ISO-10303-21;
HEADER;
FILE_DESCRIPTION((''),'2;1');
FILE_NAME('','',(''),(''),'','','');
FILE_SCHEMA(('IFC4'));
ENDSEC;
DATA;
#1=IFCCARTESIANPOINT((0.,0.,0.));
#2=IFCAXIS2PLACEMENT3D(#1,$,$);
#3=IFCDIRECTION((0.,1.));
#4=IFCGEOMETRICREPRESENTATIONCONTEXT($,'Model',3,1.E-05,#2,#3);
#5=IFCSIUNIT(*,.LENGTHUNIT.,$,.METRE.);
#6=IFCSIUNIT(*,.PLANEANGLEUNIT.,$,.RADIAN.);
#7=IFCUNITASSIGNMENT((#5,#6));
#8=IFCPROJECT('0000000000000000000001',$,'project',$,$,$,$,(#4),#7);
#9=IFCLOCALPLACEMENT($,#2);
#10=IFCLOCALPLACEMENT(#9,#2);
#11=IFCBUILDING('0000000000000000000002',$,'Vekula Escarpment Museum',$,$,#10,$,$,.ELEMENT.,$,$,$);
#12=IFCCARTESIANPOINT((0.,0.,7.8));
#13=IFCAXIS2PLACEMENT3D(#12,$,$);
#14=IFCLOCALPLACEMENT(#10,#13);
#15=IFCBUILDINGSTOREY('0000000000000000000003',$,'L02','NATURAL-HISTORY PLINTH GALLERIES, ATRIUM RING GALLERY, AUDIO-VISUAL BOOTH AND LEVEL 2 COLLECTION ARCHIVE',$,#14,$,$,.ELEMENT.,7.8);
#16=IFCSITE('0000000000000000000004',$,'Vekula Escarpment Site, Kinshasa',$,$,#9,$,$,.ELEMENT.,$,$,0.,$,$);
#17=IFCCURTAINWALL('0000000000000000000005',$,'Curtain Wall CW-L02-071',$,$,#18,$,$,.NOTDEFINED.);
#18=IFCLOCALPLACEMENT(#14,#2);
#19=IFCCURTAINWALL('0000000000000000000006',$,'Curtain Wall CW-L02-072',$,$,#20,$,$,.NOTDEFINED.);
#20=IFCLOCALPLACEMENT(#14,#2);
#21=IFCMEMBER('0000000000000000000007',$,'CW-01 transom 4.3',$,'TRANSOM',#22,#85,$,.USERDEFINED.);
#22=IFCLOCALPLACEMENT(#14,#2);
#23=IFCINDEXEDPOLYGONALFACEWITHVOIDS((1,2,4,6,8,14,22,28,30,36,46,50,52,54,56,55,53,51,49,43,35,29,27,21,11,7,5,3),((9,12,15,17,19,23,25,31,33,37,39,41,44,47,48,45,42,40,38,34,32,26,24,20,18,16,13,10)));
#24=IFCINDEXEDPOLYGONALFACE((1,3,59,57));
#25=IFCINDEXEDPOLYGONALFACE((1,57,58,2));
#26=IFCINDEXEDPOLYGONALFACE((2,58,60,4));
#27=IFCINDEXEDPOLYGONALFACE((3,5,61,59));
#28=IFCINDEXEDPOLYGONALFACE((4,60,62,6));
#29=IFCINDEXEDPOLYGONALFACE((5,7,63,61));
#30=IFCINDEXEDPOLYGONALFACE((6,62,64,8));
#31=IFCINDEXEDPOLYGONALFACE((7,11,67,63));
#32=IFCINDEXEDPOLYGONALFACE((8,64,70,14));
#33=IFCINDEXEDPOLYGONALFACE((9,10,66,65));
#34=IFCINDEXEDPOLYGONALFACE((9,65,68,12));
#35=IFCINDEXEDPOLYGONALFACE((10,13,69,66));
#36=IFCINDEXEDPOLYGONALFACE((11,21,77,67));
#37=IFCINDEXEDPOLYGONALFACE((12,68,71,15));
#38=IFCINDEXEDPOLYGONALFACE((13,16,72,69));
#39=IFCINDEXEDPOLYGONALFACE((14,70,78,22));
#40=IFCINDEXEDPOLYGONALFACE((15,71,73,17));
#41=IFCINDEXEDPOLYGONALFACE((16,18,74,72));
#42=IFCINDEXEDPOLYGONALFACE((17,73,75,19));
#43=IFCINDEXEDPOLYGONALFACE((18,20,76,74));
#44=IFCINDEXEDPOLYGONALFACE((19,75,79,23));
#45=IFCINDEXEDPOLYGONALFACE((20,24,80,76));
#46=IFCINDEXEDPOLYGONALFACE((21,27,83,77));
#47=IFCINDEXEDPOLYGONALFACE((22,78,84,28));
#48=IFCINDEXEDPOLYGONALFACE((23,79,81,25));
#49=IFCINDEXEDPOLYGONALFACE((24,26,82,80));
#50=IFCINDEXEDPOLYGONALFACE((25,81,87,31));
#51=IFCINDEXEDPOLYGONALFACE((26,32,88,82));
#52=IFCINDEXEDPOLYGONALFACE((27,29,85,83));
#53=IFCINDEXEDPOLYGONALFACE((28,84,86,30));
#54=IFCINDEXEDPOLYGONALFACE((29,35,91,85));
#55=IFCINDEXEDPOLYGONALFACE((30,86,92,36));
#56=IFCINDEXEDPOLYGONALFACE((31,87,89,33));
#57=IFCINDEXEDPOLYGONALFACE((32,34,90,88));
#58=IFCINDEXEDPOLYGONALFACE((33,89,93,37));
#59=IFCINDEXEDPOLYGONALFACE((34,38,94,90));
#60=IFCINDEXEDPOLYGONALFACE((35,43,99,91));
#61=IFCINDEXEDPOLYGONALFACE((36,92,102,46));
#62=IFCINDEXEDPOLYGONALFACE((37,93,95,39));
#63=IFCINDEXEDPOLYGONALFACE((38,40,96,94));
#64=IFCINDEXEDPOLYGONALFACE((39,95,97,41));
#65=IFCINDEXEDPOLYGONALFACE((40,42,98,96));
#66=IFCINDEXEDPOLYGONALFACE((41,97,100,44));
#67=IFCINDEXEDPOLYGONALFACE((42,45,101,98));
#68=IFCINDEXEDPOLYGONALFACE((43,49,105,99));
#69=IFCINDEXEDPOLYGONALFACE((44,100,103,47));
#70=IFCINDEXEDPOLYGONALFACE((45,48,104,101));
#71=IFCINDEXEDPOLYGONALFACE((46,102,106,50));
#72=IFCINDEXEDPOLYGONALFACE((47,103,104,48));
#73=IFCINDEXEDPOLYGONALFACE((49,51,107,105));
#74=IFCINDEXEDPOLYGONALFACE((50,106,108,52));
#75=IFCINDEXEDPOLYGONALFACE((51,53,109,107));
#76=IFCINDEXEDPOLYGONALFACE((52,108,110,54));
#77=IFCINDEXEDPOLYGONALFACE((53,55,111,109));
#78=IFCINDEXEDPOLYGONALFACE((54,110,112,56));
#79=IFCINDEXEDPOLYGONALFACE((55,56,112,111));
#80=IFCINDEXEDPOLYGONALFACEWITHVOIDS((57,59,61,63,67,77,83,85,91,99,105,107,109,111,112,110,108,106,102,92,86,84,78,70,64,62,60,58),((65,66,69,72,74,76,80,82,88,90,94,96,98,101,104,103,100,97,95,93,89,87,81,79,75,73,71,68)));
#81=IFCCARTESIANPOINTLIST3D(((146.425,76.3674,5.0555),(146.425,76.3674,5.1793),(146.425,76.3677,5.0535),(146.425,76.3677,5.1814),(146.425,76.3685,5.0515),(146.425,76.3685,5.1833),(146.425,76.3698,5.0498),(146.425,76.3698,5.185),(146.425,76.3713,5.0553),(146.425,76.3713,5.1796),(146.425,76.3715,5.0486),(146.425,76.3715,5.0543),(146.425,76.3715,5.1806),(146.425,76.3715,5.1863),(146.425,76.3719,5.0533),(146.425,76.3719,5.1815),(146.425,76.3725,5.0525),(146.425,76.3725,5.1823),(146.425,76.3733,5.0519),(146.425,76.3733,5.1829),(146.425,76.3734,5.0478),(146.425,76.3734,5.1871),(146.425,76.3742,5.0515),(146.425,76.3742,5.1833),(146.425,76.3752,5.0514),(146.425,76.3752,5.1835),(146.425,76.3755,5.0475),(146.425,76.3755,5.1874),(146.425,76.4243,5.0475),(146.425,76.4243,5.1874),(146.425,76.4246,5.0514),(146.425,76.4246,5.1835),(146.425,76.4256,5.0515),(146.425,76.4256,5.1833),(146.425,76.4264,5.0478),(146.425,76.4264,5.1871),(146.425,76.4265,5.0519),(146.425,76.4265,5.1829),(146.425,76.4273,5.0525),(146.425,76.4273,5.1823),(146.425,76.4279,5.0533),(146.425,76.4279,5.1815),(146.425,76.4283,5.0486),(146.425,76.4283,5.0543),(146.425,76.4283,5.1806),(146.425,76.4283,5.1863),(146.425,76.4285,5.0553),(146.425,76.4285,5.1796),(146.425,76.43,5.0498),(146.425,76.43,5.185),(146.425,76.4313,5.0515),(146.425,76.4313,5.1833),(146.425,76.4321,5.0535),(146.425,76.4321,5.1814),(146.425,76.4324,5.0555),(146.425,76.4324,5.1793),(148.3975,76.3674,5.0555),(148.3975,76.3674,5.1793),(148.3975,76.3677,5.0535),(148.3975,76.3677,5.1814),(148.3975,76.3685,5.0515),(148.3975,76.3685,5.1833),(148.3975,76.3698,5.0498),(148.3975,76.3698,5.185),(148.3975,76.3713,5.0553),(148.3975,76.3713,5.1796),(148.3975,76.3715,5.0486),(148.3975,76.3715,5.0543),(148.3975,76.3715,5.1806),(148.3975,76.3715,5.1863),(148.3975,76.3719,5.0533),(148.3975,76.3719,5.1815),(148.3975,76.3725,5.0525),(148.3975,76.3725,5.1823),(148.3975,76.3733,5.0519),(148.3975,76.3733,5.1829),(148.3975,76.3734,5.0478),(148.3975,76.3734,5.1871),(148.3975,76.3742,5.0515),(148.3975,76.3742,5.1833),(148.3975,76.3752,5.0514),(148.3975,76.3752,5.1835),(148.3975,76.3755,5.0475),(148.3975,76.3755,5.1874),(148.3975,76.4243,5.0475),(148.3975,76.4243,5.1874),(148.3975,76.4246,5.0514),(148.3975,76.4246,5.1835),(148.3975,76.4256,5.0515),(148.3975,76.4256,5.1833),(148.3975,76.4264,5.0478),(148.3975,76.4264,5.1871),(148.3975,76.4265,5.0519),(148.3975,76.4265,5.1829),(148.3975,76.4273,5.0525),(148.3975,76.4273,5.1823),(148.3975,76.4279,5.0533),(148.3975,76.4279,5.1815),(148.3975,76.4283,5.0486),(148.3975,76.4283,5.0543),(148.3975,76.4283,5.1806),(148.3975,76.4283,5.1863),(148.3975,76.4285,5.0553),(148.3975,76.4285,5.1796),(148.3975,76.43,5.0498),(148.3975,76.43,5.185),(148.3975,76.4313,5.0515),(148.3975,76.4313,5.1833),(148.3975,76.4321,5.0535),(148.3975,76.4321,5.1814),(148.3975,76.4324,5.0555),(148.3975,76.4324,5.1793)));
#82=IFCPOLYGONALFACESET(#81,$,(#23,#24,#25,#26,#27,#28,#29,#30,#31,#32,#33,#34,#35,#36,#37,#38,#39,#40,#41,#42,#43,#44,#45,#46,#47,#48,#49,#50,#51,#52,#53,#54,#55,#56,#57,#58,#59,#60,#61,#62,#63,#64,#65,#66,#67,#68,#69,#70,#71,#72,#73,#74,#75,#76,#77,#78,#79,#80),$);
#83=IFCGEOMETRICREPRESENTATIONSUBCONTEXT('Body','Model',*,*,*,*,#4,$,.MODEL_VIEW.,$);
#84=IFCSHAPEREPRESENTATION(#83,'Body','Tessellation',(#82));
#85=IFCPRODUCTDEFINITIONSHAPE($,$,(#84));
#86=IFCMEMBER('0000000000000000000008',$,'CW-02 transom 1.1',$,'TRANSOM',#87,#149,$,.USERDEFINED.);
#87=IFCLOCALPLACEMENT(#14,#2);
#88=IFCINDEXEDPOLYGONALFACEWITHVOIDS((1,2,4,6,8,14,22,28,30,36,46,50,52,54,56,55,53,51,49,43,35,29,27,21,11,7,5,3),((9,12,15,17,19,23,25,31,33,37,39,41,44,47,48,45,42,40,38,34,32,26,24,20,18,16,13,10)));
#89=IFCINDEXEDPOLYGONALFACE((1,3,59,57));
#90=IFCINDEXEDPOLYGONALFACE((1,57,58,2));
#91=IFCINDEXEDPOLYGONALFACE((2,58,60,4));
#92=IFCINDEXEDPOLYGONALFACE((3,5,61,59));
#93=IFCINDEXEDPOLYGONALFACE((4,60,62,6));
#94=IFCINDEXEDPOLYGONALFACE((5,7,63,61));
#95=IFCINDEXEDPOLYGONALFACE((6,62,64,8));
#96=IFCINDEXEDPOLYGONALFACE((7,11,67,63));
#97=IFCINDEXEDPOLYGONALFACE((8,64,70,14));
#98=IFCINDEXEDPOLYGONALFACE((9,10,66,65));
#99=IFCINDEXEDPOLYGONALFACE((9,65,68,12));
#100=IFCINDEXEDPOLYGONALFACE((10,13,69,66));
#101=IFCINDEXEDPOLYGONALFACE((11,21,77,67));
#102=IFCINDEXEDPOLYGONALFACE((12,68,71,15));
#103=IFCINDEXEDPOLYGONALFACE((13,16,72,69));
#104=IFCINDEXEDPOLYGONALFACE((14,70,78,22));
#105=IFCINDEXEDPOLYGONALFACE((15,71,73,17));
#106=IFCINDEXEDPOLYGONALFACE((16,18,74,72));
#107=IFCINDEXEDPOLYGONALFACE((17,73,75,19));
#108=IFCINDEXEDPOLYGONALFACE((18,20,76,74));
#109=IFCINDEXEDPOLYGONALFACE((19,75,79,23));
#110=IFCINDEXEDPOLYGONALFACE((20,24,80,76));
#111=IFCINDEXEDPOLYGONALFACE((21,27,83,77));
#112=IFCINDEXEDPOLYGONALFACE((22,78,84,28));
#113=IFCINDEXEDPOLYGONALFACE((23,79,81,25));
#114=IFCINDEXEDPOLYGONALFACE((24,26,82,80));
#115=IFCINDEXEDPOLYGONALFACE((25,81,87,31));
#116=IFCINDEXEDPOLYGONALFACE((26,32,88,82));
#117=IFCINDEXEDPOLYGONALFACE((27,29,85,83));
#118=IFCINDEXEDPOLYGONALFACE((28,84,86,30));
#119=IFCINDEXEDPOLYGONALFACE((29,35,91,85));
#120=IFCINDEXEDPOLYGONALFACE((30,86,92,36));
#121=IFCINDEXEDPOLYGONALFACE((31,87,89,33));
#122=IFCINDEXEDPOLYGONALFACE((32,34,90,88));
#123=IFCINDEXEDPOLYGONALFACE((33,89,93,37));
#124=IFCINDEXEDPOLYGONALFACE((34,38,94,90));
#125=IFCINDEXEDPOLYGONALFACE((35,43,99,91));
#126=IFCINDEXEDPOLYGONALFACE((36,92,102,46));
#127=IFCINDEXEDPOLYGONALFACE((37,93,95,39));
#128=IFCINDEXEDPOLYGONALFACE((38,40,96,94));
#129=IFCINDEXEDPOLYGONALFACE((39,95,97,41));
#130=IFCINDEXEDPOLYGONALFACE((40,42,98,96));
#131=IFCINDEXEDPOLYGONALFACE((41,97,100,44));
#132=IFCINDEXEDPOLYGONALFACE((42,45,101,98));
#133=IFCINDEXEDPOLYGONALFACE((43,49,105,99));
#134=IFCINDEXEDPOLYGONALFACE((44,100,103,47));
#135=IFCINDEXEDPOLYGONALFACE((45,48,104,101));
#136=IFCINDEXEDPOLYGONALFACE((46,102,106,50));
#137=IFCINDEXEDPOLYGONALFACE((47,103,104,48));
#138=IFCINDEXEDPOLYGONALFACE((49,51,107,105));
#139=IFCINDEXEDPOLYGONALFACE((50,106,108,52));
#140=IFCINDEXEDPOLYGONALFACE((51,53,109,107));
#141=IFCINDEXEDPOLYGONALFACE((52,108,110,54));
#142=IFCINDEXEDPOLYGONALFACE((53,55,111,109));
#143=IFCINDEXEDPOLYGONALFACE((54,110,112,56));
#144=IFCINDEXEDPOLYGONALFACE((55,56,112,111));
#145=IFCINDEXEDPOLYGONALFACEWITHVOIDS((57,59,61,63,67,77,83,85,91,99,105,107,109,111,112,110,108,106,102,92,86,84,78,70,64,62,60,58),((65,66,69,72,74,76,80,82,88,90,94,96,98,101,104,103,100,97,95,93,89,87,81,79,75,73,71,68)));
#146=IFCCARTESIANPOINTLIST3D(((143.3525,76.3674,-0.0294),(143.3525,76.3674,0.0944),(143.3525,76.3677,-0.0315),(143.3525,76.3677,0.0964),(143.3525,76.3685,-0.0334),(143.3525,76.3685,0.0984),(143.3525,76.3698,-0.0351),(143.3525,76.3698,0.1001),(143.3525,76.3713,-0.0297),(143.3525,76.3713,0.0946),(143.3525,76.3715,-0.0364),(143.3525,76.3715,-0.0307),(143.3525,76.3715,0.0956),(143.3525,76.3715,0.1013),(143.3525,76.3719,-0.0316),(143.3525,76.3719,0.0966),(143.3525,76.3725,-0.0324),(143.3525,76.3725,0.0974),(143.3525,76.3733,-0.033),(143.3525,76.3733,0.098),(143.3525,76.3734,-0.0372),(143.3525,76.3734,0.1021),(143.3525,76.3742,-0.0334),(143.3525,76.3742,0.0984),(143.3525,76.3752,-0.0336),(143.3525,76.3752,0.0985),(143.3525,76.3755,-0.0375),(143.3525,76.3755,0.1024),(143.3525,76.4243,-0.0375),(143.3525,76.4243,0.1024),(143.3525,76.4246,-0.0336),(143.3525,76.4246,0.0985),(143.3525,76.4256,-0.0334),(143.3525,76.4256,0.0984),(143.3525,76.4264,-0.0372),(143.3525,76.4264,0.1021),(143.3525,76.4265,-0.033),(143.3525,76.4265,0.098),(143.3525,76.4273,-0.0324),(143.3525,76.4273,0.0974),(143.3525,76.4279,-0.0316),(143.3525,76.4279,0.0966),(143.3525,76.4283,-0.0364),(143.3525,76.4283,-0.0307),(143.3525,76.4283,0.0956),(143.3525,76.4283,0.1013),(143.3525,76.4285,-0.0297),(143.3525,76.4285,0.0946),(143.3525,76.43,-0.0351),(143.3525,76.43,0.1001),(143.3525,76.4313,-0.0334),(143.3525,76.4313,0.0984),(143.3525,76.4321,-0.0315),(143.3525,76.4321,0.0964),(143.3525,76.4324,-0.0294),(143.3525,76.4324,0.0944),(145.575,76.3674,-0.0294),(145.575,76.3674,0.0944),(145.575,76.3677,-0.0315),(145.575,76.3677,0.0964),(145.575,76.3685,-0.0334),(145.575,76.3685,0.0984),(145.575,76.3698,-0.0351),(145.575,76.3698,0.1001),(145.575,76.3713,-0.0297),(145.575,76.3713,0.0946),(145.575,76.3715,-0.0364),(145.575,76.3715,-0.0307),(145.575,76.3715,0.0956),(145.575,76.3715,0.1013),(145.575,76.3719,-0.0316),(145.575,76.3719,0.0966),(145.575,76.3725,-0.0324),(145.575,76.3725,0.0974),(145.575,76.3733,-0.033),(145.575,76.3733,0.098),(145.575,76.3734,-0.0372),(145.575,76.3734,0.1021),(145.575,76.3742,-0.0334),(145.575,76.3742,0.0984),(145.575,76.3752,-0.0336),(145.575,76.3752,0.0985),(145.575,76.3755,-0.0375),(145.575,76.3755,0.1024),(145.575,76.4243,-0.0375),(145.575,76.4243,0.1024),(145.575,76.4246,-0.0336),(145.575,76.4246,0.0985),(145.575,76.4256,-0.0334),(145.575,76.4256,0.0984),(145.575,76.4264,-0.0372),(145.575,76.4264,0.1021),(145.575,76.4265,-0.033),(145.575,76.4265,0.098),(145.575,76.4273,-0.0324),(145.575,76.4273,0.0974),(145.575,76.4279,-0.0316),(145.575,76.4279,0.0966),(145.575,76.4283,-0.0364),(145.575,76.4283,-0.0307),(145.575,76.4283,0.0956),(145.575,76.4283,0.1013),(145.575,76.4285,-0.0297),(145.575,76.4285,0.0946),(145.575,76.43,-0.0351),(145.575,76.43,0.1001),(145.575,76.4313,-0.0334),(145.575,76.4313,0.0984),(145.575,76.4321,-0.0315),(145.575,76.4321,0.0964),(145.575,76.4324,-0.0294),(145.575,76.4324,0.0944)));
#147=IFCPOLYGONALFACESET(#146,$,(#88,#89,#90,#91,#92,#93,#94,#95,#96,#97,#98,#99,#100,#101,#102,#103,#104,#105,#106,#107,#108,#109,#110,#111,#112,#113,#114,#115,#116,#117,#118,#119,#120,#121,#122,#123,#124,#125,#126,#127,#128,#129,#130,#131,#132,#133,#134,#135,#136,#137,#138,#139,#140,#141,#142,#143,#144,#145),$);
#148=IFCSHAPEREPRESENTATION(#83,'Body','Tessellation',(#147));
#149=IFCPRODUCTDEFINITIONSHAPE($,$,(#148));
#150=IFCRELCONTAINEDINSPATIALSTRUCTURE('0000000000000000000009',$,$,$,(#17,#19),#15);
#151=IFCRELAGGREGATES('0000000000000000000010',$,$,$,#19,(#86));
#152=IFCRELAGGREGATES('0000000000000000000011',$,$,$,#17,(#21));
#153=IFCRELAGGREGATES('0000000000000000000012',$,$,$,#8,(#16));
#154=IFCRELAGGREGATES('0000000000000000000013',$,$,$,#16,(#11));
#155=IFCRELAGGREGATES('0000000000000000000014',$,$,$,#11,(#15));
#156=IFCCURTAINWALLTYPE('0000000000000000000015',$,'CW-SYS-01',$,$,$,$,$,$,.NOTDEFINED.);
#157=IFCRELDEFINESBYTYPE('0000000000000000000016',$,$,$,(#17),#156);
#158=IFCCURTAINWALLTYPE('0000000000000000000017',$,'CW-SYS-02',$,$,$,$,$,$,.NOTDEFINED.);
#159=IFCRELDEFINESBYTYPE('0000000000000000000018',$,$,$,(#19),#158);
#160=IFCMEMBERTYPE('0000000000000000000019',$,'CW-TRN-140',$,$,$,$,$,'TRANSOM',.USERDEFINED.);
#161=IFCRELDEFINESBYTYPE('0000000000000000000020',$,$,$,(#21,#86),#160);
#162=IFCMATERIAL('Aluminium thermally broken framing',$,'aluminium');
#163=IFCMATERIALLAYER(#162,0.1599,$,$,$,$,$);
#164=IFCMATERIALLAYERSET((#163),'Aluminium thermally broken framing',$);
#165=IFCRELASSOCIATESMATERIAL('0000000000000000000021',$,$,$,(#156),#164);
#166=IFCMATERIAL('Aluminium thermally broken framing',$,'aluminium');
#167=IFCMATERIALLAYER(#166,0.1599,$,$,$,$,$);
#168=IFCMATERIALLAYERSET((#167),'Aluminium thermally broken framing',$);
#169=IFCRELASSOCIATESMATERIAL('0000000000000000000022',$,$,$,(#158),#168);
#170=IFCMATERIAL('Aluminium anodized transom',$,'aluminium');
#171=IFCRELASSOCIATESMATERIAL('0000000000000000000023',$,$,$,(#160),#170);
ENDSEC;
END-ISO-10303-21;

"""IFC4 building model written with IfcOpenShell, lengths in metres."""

from ifc_helpers import new_model, si_unit, direction, frame, origin, origin_2d, place, context, subcontext, project, spatial, hollow_rectangle, extrude, material, layer, layer_set, material_profile, profile_set, type_object, element, aggregate, save


model = new_model("IFC4")

# Units and contexts
model_context = context("Model", 3, precision=1e-05, world=origin(), true_north=direction((0.0, 1.0)))
body_context = subcontext(model_context, "Body", "Model", "MODEL_VIEW")
ifc_project = project(units=[si_unit("LENGTHUNIT", "METRE"), si_unit("PLANEANGLEUNIT", "RADIAN")], contexts=[model_context])

# Site, building, storey
site_placement = place(None, origin())
site = spatial("IfcSite", under=ifc_project, at=site_placement, Name="Vekula Escarpment Site, Kinshasa", CompositionType="ELEMENT", RefElevation=0.0)
building_placement = place(site_placement, origin())
building = spatial("IfcBuilding", under=site, at=building_placement, Name="Vekula Escarpment Museum", CompositionType="ELEMENT")
storey_placement = place(building_placement, frame((0.0, 0.0, 7.8)))
storey = spatial("IfcBuildingStorey", under=building, at=storey_placement, Name="L02", Description="NATURAL-HISTORY PLINTH GALLERIES, ATRIUM RING GALLERY, AUDIO-VISUAL BOOTH AND LEVEL 2 COLLECTION ARCHIVE", CompositionType="ELEMENT", Elevation=7.8)

# Curtain walls
ifc_material_1 = material(Name="Aluminium thermally broken framing", Category="aluminium")
ifc_layer_1 = layer(ifc_material_1, 0.1599)
ifc_layer_set_1 = layer_set([ifc_layer_1], Name="Aluminium thermally broken framing")
curtain_wall_type_1 = type_object("IfcCurtainWallType", Name="CW-SYS-01", PredefinedType="NOTDEFINED", material=ifc_layer_set_1)
curtain_wall_1_placement = place(storey_placement, origin())
curtain_wall_1 = element("IfcCurtainWall", 1, at=curtain_wall_1_placement, inside=storey, type_object=curtain_wall_type_1, Name="Curtain Wall CW-L02-071", PredefinedType="NOTDEFINED")
ifc_material_2 = material(Name="Aluminium thermally broken framing", Category="aluminium")
ifc_layer_2 = layer(ifc_material_2, 0.1599)
ifc_layer_set_2 = layer_set([ifc_layer_2], Name="Aluminium thermally broken framing")
curtain_wall_type_2 = type_object("IfcCurtainWallType", Name="CW-SYS-02", PredefinedType="NOTDEFINED", material=ifc_layer_set_2)
curtain_wall_2_placement = place(storey_placement, origin())
curtain_wall_2 = element("IfcCurtainWall", 2, at=curtain_wall_2_placement, inside=storey, type_object=curtain_wall_type_2, Name="Curtain Wall CW-L02-072", PredefinedType="NOTDEFINED")

# Members
ifc_material_3 = material(Name="Aluminium anodized transom", Category="aluminium")
ifc_material_profile_1 = material_profile(ifc_material_3, hollow_rectangle(XDim=0.0649, YDim=0.1399, WallThickness=0.0039, InnerFilletRadius=0.0039, OuterFilletRadius=0.0081, at=origin_2d()), Name="ALU 140x65x4")
ifc_profile_set_1 = profile_set([ifc_material_profile_1], Name="Aluminium anodized transom")
member_type_1 = type_object("IfcMemberType", Name="CW-TRN-140", ElementType="TRANSOM", PredefinedType="USERDEFINED", material=ifc_profile_set_1)
member_1_placement = place(storey_placement, frame((148.3975, 76.3999, 5.1174), z_axis=(-1.0, 0.0, 0.0), x_axis=(0.0, -1.0, 0.0)))
member_1 = element("IfcMember", 3, at=member_1_placement, type_object=member_type_1, Name="CW-01 transom 4.3", ObjectType="TRANSOM", PredefinedType="USERDEFINED", context=body_context, shape_type="SweptSolid", body=[
    extrude(hollow_rectangle(XDim=0.0649, YDim=0.1399, WallThickness=0.0039, InnerFilletRadius=0.0039, OuterFilletRadius=0.0081, at=origin_2d()), origin(), (0.0, 0.0, 1.0), 1.9724),
])
member_2_placement = place(storey_placement, frame((145.575, 76.3999, 0.0325), z_axis=(-1.0, 0.0, 0.0), x_axis=(0.0, -1.0, 0.0)))
member_2 = element("IfcMember", 4, at=member_2_placement, type_object=member_type_1, Name="CW-02 transom 1.1", ObjectType="TRANSOM", PredefinedType="USERDEFINED", context=body_context, shape_type="SweptSolid", body=[
    extrude(hollow_rectangle(XDim=0.0649, YDim=0.1399, WallThickness=0.0039, InnerFilletRadius=0.0039, OuterFilletRadius=0.0081, at=origin_2d()), origin(), (0.0, 0.0, 1.0), 2.2224),
])

aggregate(curtain_wall_2, [member_2])
aggregate(curtain_wall_1, [member_1])

save(model, "model.ifc")
